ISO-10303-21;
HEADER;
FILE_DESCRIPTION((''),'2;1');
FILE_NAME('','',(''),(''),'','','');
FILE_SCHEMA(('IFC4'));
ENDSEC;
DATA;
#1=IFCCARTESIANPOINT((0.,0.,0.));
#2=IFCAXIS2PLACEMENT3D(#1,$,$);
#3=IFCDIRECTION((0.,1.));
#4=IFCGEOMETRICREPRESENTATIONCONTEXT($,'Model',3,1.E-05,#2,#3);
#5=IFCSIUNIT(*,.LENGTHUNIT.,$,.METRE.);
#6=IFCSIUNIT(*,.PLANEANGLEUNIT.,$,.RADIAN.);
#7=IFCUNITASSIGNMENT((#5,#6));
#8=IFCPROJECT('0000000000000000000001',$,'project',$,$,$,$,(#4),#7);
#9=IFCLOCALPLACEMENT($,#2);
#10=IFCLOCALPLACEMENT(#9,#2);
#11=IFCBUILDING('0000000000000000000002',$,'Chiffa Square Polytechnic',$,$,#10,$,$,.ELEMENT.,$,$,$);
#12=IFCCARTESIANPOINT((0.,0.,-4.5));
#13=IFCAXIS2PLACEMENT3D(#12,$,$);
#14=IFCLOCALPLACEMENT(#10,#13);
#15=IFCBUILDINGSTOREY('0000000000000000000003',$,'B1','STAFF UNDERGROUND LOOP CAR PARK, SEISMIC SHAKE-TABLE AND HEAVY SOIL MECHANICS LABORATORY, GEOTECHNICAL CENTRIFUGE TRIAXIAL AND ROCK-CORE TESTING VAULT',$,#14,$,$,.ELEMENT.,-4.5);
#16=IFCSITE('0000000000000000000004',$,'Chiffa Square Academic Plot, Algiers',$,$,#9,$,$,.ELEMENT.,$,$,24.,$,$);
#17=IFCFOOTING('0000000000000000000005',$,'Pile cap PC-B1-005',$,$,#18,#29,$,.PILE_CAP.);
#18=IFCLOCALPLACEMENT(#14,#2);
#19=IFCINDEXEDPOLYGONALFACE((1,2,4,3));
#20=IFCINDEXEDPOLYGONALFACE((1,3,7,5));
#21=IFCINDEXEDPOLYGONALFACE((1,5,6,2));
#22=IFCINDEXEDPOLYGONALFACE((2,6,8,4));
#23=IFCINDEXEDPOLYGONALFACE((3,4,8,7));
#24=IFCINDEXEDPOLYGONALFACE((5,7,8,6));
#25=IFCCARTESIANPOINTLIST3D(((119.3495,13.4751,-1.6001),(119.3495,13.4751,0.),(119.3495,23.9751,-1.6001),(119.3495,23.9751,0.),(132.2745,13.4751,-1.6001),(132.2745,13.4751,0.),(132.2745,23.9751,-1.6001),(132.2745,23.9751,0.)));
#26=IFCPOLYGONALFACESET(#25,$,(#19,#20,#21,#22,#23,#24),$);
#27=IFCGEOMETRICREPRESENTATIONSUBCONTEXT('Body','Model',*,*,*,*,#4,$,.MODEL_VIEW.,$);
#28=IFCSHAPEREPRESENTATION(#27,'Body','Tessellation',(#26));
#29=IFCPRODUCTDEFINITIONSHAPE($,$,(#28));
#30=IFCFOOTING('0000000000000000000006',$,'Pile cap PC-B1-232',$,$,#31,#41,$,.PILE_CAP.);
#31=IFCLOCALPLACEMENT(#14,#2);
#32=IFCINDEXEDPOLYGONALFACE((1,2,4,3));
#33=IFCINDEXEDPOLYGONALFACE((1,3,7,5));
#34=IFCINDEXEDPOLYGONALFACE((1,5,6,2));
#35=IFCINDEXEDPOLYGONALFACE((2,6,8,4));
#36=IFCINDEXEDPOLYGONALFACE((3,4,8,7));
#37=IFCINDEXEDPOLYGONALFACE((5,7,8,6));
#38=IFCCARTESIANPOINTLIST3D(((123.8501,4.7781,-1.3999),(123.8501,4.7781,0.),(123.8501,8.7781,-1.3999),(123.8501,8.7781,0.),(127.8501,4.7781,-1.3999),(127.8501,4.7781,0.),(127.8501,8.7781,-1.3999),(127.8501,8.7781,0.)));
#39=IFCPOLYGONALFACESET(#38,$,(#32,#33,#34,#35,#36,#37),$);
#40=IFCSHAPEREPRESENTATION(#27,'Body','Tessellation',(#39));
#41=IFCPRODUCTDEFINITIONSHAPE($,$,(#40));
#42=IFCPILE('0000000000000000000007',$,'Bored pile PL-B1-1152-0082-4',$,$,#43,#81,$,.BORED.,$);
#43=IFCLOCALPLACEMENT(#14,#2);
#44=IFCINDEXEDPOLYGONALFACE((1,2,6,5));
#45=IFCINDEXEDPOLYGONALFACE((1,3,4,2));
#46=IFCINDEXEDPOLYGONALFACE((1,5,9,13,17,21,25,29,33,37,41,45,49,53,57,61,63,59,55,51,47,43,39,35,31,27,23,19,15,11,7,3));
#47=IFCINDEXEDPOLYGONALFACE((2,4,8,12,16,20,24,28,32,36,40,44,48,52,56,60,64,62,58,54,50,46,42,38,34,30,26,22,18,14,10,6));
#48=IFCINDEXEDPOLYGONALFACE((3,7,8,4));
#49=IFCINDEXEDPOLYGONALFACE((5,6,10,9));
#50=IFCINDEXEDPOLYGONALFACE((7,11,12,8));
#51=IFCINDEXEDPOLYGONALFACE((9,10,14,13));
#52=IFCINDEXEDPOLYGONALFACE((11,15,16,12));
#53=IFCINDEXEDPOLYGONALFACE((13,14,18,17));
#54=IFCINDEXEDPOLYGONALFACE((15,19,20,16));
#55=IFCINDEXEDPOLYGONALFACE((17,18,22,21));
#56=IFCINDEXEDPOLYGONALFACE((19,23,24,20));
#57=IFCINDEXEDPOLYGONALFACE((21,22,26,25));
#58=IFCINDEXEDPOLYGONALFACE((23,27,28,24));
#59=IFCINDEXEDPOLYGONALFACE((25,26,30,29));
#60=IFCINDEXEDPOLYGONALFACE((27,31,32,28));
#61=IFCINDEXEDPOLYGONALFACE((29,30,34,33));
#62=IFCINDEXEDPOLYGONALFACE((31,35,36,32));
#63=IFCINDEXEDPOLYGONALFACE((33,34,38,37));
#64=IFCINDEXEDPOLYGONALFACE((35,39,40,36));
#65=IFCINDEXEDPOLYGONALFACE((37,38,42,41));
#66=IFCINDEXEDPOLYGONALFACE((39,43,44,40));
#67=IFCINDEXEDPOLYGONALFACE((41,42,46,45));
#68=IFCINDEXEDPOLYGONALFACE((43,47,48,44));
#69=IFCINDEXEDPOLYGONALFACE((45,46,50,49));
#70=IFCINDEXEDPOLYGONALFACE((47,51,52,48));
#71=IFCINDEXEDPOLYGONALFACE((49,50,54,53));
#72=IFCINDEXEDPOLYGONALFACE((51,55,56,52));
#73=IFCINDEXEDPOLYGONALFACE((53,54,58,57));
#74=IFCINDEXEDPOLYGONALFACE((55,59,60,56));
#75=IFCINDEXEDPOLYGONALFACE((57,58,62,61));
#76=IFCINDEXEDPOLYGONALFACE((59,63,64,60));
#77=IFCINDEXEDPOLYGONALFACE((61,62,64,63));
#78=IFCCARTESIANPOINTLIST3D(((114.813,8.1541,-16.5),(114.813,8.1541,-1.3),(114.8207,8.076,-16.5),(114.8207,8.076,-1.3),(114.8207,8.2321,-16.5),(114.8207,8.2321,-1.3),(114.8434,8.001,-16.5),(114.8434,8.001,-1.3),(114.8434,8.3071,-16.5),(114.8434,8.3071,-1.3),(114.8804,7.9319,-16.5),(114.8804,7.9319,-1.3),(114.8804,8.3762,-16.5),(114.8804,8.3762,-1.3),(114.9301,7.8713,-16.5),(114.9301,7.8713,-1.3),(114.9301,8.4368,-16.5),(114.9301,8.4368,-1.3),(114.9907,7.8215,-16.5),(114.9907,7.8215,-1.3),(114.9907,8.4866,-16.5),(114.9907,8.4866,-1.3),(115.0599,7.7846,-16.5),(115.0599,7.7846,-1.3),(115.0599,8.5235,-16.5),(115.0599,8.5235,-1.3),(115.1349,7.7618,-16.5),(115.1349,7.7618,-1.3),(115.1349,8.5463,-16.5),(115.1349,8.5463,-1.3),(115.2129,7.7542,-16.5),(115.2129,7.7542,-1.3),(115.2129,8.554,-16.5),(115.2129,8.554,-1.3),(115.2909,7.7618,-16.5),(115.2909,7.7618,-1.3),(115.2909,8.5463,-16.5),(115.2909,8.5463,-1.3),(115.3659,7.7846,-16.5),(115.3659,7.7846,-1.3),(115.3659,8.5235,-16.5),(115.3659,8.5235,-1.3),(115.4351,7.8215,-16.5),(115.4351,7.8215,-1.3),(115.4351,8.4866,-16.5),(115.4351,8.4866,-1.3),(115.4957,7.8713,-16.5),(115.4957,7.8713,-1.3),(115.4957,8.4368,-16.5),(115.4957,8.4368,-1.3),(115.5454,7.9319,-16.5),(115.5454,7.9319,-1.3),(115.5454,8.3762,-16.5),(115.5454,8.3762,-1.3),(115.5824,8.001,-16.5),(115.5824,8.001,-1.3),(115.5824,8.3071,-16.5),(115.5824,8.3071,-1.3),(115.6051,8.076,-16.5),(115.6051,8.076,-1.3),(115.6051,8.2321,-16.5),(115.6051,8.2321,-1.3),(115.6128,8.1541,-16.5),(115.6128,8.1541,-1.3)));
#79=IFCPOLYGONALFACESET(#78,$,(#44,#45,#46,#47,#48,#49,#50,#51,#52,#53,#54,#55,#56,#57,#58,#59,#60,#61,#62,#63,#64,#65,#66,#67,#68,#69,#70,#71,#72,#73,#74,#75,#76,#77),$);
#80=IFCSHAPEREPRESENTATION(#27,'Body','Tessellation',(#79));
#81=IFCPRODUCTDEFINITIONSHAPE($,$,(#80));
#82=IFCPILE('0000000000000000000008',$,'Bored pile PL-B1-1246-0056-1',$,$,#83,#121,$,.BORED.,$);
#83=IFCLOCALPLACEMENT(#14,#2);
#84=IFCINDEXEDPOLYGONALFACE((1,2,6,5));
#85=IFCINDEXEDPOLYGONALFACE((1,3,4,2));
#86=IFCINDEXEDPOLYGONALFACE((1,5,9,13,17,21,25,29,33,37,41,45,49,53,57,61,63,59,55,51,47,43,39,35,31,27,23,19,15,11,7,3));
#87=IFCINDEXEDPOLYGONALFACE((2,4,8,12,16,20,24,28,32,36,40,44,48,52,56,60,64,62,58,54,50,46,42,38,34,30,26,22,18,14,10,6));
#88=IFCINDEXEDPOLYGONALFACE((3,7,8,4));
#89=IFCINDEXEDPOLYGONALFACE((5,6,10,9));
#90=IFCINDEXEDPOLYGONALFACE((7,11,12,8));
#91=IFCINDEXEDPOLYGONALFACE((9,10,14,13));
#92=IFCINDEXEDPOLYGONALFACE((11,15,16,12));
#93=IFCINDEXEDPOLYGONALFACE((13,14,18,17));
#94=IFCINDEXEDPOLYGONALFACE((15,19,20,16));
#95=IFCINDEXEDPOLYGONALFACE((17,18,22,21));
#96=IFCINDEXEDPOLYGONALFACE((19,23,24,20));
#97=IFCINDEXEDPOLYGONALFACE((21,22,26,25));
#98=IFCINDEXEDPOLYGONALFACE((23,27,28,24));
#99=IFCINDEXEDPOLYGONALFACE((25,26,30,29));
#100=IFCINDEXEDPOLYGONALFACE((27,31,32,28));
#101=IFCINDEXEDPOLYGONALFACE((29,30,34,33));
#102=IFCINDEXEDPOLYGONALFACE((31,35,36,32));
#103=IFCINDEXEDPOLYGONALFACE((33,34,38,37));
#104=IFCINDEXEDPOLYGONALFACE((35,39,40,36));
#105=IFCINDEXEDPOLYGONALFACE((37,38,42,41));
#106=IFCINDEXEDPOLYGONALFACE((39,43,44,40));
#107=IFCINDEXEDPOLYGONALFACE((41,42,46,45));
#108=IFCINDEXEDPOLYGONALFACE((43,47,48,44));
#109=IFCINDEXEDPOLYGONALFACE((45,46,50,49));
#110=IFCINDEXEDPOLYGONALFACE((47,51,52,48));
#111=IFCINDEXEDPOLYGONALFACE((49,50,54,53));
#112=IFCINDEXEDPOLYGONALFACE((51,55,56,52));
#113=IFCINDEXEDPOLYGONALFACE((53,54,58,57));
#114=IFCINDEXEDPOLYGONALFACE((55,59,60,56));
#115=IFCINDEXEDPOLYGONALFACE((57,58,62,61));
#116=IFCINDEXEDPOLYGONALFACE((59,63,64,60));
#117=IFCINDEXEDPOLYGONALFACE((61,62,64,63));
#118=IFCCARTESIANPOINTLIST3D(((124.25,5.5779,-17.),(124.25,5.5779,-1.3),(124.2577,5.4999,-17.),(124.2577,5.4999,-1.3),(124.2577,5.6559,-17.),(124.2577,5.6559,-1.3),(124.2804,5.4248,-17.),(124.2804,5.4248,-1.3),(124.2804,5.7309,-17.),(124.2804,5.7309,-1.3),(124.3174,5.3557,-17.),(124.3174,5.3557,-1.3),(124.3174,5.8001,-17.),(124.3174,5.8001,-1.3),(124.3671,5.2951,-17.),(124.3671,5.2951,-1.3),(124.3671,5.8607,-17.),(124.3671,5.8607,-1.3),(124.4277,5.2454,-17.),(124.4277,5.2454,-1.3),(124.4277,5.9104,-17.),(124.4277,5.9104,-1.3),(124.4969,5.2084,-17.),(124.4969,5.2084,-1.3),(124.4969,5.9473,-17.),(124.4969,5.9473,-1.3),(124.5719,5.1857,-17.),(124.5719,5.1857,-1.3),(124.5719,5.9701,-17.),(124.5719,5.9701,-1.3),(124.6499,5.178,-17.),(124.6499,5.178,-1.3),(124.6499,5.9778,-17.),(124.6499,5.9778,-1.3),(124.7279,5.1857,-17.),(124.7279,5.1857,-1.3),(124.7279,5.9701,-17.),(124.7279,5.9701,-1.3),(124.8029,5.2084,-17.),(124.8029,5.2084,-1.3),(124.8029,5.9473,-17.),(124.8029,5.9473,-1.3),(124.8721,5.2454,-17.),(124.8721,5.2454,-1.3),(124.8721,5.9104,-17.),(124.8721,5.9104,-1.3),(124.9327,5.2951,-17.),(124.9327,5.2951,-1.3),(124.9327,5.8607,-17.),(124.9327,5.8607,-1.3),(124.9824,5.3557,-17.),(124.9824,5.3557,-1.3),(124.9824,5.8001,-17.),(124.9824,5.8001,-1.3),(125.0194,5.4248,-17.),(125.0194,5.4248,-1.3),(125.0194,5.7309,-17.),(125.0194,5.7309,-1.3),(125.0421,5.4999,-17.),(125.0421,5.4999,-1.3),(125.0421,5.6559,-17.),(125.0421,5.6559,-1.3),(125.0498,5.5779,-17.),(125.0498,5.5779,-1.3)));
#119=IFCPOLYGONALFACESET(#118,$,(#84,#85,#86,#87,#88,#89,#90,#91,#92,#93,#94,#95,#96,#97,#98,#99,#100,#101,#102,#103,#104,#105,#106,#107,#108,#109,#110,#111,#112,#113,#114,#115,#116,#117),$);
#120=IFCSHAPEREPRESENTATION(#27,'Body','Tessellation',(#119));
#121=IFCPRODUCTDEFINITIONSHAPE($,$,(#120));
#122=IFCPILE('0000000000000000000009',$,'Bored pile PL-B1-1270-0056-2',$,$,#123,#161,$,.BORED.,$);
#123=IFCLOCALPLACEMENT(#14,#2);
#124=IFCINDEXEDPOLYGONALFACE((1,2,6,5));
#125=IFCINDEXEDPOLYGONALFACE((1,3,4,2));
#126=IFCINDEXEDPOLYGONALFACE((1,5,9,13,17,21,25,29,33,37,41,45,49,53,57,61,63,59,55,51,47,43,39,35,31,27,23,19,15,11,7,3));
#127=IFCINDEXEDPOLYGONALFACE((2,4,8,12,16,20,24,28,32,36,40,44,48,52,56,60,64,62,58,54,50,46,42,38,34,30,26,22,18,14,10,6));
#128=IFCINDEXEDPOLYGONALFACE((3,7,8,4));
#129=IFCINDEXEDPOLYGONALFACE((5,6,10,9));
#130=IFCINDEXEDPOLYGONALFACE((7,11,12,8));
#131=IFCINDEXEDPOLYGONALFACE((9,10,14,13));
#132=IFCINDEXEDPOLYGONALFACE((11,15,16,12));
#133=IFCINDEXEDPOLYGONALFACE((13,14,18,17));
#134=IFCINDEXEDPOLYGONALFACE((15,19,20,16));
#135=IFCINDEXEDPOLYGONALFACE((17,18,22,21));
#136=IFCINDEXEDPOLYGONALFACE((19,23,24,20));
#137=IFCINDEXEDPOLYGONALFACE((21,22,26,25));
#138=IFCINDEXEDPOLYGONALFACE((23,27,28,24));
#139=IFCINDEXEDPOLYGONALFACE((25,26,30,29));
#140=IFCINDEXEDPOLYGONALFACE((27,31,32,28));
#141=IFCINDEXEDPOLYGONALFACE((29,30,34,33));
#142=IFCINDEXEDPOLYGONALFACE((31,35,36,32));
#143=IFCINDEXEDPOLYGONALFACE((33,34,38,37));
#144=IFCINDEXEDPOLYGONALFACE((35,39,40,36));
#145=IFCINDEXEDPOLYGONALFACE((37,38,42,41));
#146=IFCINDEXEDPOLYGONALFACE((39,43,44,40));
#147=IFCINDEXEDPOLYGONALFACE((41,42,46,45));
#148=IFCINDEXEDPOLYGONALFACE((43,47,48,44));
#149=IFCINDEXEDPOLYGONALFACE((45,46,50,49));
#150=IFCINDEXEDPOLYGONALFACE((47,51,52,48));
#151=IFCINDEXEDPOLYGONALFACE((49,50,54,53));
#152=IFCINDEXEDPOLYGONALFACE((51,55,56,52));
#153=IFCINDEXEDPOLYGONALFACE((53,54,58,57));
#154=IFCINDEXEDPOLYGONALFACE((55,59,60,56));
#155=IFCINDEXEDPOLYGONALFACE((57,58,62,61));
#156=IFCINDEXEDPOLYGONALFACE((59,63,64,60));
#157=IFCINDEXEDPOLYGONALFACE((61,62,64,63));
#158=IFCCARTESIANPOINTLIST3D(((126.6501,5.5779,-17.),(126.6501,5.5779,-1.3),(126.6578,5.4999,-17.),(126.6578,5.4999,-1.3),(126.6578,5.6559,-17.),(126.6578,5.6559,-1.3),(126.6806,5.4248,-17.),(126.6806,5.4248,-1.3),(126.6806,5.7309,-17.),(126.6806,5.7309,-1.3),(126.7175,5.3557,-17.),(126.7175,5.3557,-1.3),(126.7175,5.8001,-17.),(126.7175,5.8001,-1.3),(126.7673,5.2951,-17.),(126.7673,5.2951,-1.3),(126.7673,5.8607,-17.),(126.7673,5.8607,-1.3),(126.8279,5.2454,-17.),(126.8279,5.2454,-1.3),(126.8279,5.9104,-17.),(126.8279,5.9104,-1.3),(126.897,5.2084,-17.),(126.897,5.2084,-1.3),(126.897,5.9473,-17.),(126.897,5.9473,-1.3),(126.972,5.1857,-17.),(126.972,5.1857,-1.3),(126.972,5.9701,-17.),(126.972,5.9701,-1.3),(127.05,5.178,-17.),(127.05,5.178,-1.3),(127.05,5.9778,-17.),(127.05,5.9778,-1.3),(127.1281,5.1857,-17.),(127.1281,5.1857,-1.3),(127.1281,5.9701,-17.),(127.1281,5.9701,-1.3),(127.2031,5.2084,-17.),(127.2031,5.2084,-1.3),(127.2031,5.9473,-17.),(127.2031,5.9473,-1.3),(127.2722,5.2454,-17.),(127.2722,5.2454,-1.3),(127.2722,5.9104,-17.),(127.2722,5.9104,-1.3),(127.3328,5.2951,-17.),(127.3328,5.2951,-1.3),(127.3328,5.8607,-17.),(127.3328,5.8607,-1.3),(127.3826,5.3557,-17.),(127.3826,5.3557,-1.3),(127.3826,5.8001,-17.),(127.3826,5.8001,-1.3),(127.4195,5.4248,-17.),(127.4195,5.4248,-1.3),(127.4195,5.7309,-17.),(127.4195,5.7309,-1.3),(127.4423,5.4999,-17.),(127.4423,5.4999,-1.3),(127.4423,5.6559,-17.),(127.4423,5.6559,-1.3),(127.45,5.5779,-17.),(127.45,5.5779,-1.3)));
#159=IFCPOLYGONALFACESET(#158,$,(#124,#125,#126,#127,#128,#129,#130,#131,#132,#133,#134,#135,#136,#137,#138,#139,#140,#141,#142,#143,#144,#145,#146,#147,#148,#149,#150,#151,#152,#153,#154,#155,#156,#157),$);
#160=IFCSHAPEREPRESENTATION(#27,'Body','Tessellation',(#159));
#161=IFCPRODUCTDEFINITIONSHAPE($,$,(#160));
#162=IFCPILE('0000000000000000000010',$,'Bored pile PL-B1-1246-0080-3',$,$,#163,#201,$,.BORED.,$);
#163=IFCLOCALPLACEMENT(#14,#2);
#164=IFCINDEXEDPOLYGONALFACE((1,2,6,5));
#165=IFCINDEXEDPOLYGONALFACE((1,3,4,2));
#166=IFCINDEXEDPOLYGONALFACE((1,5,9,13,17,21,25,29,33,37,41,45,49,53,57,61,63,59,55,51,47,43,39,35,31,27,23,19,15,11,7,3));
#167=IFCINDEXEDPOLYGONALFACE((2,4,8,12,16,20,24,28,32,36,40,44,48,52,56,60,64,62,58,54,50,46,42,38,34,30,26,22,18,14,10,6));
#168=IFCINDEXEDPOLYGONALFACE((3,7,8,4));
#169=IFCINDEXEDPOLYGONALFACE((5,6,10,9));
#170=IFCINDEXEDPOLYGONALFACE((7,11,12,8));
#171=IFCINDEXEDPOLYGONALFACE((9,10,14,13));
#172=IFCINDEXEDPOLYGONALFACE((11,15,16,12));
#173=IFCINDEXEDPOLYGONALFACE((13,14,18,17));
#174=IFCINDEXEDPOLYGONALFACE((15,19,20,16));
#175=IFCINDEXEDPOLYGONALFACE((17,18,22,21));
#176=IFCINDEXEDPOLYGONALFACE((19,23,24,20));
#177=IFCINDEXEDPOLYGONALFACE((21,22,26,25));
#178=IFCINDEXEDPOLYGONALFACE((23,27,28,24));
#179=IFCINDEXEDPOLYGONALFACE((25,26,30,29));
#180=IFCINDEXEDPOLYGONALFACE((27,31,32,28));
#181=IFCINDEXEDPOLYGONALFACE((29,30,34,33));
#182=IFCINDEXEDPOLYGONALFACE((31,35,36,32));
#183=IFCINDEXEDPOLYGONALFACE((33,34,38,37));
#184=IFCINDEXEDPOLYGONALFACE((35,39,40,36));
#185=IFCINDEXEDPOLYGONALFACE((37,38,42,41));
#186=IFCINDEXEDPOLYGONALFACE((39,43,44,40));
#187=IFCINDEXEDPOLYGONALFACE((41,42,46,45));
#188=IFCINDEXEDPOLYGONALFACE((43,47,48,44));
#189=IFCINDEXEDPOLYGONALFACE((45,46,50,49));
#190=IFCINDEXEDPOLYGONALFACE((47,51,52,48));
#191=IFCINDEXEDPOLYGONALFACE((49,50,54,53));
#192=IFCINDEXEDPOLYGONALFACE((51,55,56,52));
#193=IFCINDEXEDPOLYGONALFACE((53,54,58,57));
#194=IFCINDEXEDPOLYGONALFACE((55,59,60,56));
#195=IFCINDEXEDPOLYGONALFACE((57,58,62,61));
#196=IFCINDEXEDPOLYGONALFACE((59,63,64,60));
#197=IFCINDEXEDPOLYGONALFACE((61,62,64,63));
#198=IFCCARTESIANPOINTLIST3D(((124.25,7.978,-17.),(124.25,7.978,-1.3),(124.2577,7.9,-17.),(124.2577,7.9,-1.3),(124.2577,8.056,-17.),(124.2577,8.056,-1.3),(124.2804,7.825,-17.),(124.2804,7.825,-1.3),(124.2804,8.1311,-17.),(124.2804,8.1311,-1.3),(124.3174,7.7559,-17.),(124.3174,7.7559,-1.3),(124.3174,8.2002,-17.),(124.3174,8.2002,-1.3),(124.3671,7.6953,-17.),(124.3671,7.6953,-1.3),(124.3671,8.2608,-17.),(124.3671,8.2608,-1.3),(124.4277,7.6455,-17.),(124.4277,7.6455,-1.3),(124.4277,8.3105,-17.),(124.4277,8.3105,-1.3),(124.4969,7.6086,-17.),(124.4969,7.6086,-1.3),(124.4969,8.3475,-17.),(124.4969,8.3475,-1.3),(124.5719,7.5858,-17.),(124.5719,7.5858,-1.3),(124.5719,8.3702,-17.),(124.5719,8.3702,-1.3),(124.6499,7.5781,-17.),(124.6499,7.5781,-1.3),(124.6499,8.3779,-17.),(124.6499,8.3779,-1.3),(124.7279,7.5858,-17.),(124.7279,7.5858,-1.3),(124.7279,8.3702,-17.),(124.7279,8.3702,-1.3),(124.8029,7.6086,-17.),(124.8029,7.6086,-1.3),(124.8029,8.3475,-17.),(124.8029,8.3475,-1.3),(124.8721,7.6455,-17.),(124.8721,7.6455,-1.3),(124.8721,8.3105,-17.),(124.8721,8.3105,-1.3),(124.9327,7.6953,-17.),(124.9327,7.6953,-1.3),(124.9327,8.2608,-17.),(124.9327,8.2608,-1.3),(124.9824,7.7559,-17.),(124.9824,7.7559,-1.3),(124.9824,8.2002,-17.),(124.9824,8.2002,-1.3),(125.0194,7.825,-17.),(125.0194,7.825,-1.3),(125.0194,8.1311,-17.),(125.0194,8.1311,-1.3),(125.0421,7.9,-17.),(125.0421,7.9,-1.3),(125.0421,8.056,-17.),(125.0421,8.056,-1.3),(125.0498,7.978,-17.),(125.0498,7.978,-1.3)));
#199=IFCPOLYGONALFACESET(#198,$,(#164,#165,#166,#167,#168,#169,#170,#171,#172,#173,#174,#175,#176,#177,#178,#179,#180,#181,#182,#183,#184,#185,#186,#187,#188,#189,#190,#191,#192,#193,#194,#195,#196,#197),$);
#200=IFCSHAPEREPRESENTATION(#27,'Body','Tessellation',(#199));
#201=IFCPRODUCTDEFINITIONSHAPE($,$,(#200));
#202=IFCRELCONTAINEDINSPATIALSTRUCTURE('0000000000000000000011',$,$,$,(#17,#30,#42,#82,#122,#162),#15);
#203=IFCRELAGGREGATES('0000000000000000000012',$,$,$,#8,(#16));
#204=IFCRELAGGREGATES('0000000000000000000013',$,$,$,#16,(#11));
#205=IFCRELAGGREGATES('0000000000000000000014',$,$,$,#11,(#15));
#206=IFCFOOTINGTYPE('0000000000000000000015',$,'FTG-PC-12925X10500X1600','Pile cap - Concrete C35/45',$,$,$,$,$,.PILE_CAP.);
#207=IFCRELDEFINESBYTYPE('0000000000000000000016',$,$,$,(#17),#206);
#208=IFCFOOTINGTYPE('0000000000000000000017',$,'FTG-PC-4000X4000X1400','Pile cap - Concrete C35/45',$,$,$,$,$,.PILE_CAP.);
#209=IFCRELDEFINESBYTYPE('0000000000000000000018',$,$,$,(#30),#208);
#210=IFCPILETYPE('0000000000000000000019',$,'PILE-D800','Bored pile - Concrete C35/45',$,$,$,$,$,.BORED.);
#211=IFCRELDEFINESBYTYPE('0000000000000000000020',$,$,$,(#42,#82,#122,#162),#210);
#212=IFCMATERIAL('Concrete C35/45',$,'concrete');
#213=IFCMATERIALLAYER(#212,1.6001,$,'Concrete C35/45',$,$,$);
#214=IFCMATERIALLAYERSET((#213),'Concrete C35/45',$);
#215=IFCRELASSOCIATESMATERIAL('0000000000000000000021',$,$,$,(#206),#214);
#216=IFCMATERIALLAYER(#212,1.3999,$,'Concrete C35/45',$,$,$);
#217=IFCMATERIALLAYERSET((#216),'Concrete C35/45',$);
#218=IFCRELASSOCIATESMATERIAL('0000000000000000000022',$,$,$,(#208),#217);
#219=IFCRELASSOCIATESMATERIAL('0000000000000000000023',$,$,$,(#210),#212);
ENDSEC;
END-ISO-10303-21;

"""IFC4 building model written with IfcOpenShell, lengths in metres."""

from ifc_helpers import new_model, si_unit, direction, frame, origin, origin_2d, place, context, subcontext, project, spatial, rectangle, circle, extrude, material, layer, layer_set, material_profile, profile_set, type_object, element, save


model = new_model("IFC4")

# Units and contexts
model_context = context("Model", 3, precision=1e-05, world=origin(), true_north=direction((0.0, 1.0)))
body_context = subcontext(model_context, "Body", "Model", "MODEL_VIEW")
ifc_project = project(units=[si_unit("LENGTHUNIT", "METRE"), si_unit("PLANEANGLEUNIT", "RADIAN")], contexts=[model_context])

# Site, building, storey
site_placement = place(None, origin())
site = spatial("IfcSite", under=ifc_project, at=site_placement, Name="Chiffa Square Academic Plot, Algiers", CompositionType="ELEMENT", RefElevation=24.0)
building_placement = place(site_placement, origin())
building = spatial("IfcBuilding", under=site, at=building_placement, Name="Chiffa Square Polytechnic", CompositionType="ELEMENT")
storey_placement = place(building_placement, frame((0.0, 0.0, -4.5)))
storey = spatial("IfcBuildingStorey", under=building, at=storey_placement, Name="B1", Description="STAFF UNDERGROUND LOOP CAR PARK, SEISMIC SHAKE-TABLE AND HEAVY SOIL MECHANICS LABORATORY, GEOTECHNICAL CENTRIFUGE TRIAXIAL AND ROCK-CORE TESTING VAULT", CompositionType="ELEMENT", Elevation=-4.5)

# Footings
ifc_material_1 = material(Name="Concrete C35/45", Category="concrete")
ifc_layer_1 = layer(ifc_material_1, 1.6001, Name="Concrete C35/45")
ifc_layer_set_1 = layer_set([ifc_layer_1], Name="Concrete C35/45")
footing_type_1 = type_object("IfcFootingType", Name="FTG-PC-12925X10500X1600", Description="Pile cap - Concrete C35/45", PredefinedType="PILE_CAP", material=ifc_layer_set_1)
footing_1_placement = place(storey_placement, frame((125.812, 18.7251, -1.6001), z_axis=(0.0, 0.0, 1.0), x_axis=(1.0, 0.0, 0.0)))
element("IfcFooting", 1, at=footing_1_placement, inside=storey, type_object=footing_type_1, Name="Pile cap PC-B1-005", PredefinedType="PILE_CAP", context=body_context, shape_type="SweptSolid", body=[
    extrude(rectangle(XDim=12.925, YDim=10.5, at=origin_2d()), origin(), (0.0, 0.0, 1.0), 1.6001),
])
ifc_layer_2 = layer(ifc_material_1, 1.3999, Name="Concrete C35/45")
ifc_layer_set_2 = layer_set([ifc_layer_2], Name="Concrete C35/45")
footing_type_2 = type_object("IfcFootingType", Name="FTG-PC-4000X4000X1400", Description="Pile cap - Concrete C35/45", PredefinedType="PILE_CAP", material=ifc_layer_set_2)
footing_2_placement = place(storey_placement, frame((125.8501, 6.7781, -1.3999), z_axis=(0.0, 0.0, 1.0), x_axis=(1.0, 0.0, 0.0)))
element("IfcFooting", 2, at=footing_2_placement, inside=storey, type_object=footing_type_2, Name="Pile cap PC-B1-232", PredefinedType="PILE_CAP", context=body_context, shape_type="SweptSolid", body=[
    extrude(rectangle(XDim=4.0, YDim=4.0, at=origin_2d()), origin(), (0.0, 0.0, 1.0), 1.3999),
])

# Piles
ifc_material_profile_1 = material_profile(ifc_material_1, circle(Radius=0.3999, at=origin_2d()), Name="PILE D800")
ifc_profile_set_1 = profile_set([ifc_material_profile_1], Name="Concrete C35/45")
pile_type_1 = type_object("IfcPileType", Name="PILE-D800", Description="Bored pile - Concrete C35/45", PredefinedType="BORED", material=ifc_profile_set_1)
pile_placement = place(storey_placement, frame((115.2129, 8.1541, -1.3), z_axis=(0.0, 0.0, -1.0), x_axis=(1.0, 0.0, 0.0)))
element("IfcPile", 3, at=pile_placement, inside=storey, type_object=pile_type_1, Name="Bored pile PL-B1-1152-0082-4", PredefinedType="BORED", context=body_context, shape_type="SweptSolid", body=[
    extrude(circle(Radius=0.3999, at=origin_2d()), origin(), (0.0, 0.0, 1.0), 15.2),
])
for number, where, z_axis, x_axis, name in (
    (4, (124.6499, 5.5779, -1.3), (0.0, 0.0, -1.0), (1.0, 0.0, 0.0), "Bored pile PL-B1-1246-0056-1"),
    (5, (127.05, 5.5779, -1.3), (0.0, 0.0, -1.0), (1.0, 0.0, 0.0), "Bored pile PL-B1-1270-0056-2"),
    (6, (124.6499, 7.978, -1.3), (0.0, 0.0, -1.0), (1.0, 0.0, 0.0), "Bored pile PL-B1-1246-0080-3"),
):
    element("IfcPile", number, at=place(storey_placement, frame(where, z_axis=z_axis, x_axis=x_axis)), inside=storey, type_object=pile_type_1, Name=name, PredefinedType="BORED", context=body_context, shape_type="SweptSolid", body=[
        extrude(circle(Radius=0.3999, at=origin_2d()), origin(), (0.0, 0.0, 1.0), 15.7),
    ])

save(model, "model.ifc")
